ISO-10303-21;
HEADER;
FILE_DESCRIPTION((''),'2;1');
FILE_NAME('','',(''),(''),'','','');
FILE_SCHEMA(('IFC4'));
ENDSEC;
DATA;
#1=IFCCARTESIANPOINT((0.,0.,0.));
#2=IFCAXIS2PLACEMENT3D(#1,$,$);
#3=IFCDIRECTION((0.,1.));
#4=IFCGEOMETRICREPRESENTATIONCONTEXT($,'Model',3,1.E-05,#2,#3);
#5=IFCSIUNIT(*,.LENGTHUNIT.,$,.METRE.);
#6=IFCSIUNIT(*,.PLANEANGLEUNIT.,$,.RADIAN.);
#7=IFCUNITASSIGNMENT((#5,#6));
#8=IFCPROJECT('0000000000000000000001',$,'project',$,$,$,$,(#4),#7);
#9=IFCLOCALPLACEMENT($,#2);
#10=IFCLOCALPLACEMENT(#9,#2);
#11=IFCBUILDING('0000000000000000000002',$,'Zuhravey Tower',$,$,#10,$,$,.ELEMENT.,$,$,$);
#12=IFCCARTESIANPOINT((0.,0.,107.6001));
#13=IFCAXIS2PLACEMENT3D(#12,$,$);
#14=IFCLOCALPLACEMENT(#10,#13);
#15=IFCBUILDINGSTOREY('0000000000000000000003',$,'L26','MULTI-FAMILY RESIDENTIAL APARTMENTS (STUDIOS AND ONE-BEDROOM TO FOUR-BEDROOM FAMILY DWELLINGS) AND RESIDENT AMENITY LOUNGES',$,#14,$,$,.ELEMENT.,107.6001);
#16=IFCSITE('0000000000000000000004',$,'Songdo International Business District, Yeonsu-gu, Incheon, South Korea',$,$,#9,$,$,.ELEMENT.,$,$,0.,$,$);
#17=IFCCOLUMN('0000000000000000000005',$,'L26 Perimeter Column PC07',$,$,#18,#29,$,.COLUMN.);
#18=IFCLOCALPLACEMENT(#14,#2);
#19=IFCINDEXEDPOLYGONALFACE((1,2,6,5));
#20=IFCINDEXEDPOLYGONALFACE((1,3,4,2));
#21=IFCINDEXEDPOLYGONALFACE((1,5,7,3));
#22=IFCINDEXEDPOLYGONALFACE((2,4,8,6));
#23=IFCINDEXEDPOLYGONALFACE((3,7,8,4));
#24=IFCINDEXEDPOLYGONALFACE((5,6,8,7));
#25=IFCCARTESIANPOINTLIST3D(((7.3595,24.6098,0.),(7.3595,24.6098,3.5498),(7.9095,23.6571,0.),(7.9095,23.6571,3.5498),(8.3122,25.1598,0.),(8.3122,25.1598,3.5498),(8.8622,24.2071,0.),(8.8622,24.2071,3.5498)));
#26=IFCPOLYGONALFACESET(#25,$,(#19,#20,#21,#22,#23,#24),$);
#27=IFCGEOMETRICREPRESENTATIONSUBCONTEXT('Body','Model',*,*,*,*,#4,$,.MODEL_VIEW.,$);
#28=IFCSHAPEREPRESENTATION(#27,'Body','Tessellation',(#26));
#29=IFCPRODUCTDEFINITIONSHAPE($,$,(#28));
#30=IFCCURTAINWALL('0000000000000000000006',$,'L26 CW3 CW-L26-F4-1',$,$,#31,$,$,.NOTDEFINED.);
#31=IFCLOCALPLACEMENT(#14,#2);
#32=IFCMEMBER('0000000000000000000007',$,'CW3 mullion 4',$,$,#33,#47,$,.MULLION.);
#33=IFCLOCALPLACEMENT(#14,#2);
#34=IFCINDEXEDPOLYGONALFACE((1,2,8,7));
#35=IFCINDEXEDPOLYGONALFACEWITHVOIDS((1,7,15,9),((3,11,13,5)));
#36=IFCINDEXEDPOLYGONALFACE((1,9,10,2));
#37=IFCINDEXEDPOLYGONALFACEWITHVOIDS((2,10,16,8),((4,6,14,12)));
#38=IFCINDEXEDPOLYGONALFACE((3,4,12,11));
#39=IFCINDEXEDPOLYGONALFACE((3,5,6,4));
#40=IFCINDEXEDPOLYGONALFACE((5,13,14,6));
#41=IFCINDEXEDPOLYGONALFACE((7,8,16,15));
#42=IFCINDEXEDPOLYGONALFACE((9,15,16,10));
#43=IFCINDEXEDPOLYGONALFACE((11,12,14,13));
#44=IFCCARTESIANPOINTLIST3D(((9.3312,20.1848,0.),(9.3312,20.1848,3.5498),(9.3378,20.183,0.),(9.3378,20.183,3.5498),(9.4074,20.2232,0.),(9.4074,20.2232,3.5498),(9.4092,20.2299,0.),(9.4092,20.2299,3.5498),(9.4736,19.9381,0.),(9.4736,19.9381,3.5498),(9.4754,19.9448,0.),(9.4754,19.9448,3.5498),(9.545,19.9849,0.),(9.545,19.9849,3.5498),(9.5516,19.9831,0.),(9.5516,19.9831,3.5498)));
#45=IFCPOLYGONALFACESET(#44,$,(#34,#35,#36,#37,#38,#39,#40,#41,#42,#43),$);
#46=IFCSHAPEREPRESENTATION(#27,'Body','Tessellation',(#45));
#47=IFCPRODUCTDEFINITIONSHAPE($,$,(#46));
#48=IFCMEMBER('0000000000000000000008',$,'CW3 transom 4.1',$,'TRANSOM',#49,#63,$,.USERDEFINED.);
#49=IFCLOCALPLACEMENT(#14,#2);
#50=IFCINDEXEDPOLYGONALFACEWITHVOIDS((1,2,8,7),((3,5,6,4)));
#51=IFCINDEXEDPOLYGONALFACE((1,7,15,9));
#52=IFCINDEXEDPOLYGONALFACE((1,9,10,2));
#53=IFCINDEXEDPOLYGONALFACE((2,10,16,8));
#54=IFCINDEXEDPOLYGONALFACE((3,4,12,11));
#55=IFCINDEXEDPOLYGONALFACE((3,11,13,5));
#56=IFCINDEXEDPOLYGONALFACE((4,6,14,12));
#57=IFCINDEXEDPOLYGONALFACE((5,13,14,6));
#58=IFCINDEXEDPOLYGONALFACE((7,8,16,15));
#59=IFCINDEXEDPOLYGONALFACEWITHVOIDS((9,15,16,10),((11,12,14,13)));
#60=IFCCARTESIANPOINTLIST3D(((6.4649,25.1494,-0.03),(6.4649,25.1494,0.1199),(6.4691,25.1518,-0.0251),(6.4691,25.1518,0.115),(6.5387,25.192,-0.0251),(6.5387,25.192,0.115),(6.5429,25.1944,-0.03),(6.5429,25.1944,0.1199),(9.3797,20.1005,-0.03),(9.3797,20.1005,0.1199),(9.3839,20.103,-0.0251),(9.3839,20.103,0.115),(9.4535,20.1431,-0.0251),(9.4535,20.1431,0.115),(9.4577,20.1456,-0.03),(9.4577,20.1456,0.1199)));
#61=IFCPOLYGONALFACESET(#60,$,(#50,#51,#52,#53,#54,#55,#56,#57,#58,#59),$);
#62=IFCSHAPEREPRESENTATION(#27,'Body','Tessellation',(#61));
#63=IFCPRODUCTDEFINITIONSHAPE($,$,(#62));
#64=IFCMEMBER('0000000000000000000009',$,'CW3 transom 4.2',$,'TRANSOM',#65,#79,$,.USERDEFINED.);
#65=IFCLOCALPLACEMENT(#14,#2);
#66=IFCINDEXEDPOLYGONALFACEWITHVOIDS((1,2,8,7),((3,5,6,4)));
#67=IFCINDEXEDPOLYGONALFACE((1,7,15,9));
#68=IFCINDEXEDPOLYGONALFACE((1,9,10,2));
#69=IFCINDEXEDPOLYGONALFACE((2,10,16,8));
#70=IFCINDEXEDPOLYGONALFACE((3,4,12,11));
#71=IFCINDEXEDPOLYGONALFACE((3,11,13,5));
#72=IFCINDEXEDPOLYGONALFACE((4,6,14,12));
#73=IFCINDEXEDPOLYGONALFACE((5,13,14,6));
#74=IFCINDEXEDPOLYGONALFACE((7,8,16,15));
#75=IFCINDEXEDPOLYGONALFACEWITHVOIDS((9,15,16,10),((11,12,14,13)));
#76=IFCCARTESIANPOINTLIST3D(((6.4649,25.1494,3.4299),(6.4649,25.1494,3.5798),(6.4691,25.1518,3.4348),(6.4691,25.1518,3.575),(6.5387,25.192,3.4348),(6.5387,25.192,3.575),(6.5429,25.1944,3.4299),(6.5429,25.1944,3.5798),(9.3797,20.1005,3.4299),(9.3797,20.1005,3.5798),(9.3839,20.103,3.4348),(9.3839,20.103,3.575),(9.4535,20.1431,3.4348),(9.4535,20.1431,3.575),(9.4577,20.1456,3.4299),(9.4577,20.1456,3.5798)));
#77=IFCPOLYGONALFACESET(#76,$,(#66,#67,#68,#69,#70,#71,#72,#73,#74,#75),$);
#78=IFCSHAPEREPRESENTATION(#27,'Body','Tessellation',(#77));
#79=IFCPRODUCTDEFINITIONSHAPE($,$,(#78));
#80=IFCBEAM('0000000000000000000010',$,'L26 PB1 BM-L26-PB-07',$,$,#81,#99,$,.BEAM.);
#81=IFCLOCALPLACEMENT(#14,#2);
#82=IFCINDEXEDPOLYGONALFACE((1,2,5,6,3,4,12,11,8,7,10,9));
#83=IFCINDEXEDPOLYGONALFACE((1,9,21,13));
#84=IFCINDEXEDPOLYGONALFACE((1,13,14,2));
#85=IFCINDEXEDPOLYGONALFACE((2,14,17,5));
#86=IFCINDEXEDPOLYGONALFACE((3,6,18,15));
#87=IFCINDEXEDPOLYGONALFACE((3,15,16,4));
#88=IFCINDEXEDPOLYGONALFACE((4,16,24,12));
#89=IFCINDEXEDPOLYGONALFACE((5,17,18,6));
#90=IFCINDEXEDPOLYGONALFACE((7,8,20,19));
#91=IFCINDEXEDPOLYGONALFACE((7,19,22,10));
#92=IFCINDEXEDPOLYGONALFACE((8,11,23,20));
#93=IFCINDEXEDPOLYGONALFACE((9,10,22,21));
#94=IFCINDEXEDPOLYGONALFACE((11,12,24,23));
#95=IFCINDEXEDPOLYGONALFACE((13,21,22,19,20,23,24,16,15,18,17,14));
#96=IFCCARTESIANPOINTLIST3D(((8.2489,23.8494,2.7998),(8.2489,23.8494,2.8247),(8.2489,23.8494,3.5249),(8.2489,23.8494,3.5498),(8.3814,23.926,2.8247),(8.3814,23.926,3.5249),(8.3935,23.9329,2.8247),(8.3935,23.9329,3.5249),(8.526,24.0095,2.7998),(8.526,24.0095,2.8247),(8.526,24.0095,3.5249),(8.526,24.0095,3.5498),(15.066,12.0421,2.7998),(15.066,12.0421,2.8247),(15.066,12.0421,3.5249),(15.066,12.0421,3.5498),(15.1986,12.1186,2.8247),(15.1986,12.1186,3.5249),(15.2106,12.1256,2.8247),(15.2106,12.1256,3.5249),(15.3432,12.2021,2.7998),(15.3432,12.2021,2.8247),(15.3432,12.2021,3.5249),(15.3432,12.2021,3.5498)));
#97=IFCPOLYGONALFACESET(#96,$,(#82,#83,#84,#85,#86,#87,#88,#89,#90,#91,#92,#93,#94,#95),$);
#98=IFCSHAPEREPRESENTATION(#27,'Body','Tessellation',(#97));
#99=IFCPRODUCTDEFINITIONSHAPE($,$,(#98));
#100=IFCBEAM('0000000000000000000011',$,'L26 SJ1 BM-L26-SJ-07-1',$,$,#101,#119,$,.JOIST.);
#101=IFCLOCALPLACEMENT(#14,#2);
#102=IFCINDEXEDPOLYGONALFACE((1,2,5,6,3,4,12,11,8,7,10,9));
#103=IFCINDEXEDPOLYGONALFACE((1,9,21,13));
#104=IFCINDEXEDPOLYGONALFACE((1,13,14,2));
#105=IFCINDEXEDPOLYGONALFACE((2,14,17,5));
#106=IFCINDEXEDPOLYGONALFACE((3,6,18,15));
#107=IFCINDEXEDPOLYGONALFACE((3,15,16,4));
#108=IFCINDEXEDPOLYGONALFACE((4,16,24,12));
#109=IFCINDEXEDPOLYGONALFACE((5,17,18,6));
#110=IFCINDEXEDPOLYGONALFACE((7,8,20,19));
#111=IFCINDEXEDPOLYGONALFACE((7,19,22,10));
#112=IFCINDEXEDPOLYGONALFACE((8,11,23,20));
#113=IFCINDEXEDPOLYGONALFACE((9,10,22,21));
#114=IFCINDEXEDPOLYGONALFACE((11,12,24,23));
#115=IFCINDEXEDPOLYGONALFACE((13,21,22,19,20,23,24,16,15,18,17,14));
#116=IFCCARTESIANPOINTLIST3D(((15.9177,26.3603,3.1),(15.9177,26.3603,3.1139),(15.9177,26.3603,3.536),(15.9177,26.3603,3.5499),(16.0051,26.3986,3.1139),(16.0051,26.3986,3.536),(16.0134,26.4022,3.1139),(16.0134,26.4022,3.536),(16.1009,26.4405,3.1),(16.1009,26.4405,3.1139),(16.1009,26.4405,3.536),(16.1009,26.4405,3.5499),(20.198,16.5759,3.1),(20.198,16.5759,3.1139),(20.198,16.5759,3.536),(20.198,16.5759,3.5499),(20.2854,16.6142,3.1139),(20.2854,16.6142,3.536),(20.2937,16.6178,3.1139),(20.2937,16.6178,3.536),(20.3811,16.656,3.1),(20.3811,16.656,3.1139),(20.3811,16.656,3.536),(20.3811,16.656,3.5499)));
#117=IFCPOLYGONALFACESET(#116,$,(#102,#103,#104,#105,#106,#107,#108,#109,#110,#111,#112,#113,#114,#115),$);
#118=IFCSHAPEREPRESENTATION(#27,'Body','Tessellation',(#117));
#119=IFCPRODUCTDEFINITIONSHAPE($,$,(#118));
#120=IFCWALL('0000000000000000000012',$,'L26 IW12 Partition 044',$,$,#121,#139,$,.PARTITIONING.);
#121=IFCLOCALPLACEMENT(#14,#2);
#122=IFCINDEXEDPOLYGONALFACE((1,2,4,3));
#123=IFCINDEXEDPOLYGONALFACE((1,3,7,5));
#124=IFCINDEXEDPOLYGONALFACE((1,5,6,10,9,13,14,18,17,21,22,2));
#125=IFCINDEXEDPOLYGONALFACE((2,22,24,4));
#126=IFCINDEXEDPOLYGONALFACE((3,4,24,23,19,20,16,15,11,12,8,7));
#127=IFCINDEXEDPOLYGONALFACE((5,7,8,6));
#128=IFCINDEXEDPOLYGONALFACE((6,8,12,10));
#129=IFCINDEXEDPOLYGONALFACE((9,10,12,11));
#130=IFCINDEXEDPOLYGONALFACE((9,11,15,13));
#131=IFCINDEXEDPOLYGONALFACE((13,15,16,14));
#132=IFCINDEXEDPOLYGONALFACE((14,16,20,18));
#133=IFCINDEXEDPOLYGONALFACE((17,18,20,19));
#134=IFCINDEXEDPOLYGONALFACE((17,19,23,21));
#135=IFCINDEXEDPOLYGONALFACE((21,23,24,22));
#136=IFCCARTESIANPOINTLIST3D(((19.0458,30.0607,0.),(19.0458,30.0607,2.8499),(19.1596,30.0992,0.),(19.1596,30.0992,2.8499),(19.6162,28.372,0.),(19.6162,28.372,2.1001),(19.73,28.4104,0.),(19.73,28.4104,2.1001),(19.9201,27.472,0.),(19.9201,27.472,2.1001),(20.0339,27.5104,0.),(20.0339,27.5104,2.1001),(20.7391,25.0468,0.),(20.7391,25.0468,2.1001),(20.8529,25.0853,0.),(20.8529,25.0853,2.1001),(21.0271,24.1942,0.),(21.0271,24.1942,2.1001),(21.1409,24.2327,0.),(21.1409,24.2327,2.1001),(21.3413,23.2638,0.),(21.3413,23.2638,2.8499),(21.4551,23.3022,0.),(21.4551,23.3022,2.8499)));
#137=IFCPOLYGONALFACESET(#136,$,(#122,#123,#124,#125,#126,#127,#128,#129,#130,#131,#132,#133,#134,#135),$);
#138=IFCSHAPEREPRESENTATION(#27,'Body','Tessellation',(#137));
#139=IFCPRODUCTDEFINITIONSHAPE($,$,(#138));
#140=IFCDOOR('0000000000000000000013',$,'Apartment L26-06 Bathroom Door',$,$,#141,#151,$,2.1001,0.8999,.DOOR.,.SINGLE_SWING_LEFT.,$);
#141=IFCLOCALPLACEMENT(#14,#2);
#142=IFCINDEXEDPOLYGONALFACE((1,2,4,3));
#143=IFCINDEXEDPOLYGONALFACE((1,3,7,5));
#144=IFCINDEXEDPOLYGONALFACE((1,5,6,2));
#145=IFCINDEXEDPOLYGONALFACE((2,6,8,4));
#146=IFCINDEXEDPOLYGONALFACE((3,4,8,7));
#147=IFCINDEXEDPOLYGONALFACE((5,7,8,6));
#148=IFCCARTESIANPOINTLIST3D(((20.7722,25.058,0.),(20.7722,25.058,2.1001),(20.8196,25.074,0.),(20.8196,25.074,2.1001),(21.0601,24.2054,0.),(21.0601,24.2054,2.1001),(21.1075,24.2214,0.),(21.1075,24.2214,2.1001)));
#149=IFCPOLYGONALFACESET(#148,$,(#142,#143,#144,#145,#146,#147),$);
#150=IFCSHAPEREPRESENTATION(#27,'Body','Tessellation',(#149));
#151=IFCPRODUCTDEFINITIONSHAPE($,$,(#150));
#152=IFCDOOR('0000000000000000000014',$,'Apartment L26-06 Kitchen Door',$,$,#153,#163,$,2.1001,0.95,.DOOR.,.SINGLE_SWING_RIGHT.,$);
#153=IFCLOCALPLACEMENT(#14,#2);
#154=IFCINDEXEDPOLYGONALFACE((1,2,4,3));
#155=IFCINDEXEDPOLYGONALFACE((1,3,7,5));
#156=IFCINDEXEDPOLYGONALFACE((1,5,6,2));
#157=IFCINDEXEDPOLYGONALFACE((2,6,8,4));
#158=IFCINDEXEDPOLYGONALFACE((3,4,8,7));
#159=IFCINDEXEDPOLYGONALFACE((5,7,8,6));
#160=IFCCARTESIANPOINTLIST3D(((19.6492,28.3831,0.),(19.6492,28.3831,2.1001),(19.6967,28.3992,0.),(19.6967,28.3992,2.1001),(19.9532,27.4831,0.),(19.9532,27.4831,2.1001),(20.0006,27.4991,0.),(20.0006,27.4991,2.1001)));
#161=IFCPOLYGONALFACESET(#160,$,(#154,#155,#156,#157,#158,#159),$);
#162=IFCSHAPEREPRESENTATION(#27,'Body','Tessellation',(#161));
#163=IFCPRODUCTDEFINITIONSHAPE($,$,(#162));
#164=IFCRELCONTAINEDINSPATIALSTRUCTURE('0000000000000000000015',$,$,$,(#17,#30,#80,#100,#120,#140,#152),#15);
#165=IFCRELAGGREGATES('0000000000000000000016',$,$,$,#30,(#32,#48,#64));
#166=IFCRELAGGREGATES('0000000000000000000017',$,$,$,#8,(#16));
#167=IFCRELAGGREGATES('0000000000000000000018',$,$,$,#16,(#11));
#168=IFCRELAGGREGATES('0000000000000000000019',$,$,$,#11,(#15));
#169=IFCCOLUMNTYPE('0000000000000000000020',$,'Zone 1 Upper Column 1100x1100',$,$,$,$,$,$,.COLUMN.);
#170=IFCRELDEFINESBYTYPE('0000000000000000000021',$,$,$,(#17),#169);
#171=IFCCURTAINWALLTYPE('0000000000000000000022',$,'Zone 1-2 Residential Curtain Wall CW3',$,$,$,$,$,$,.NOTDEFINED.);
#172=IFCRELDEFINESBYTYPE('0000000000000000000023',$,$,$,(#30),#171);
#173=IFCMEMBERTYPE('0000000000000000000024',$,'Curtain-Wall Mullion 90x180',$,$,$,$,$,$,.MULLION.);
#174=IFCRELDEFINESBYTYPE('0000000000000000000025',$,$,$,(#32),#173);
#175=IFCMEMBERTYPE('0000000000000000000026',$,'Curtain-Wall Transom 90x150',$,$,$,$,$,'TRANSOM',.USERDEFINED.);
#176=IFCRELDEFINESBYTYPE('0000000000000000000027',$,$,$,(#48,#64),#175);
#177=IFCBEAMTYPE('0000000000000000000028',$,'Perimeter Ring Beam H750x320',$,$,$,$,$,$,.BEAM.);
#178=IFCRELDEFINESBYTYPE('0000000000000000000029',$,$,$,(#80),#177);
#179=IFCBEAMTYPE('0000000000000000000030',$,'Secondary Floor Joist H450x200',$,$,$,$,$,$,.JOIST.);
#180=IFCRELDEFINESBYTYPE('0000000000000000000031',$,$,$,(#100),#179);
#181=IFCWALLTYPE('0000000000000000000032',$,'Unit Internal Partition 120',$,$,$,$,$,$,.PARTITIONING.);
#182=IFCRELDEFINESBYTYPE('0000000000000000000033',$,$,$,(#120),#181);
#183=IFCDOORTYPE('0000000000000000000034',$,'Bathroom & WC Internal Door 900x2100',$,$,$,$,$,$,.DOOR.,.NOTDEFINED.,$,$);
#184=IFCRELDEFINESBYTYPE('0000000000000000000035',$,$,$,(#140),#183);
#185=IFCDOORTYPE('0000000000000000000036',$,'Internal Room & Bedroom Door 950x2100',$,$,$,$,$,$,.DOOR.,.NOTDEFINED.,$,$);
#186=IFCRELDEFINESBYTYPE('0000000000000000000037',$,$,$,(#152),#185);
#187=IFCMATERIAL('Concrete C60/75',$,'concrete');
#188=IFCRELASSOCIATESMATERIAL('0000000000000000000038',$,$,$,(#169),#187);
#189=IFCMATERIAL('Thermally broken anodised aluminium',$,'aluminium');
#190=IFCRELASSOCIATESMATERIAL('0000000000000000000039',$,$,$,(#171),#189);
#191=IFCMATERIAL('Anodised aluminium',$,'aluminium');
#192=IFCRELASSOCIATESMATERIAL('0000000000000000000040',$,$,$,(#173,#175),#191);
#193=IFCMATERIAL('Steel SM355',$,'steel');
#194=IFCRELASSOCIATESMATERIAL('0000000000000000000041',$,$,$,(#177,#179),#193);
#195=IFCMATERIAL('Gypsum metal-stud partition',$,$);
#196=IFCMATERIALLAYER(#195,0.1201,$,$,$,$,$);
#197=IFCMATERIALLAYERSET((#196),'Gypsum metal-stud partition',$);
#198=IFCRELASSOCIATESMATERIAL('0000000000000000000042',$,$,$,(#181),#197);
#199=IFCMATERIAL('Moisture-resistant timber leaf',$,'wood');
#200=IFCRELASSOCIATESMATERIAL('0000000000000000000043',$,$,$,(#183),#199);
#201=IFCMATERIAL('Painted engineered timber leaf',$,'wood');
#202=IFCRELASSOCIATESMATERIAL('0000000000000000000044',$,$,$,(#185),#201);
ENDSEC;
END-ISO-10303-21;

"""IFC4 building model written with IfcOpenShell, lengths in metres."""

from ifc_helpers import new_model, si_unit, direction, frame, frame_2d, origin, origin_2d, place, context, subcontext, project, spatial, rectangle, hollow_rectangle, i_section, extrude, material, layer, layer_set, material_profile, profile_set, type_object, element, fill, aggregate, save


model = new_model("IFC4")

# Units and contexts
model_context = context("Model", 3, precision=1e-05, world=origin(), true_north=direction((0.0, 1.0)))
body_context = subcontext(model_context, "Body", "Model", "MODEL_VIEW")
ifc_project = project(units=[si_unit("LENGTHUNIT", "METRE"), si_unit("PLANEANGLEUNIT", "RADIAN")], contexts=[model_context])

# Site, building, storey
site_placement = place(None, origin())
site = spatial("IfcSite", under=ifc_project, at=site_placement, Name="Songdo International Business District, Yeonsu-gu, Incheon, South Korea", CompositionType="ELEMENT", RefElevation=0.0)
building_placement = place(site_placement, origin())
building = spatial("IfcBuilding", under=site, at=building_placement, Name="Zuhravey Tower", CompositionType="ELEMENT")
storey_placement = place(building_placement, frame((0.0, 0.0, 107.6001)))
storey = spatial("IfcBuildingStorey", under=building, at=storey_placement, Name="L26", Description="MULTI-FAMILY RESIDENTIAL APARTMENTS (STUDIOS AND ONE-BEDROOM TO FOUR-BEDROOM FAMILY DWELLINGS) AND RESIDENT AMENITY LOUNGES", CompositionType="ELEMENT", Elevation=107.6001)

# Column
ifc_material_1 = material(Name="Concrete C60/75", Category="concrete")
ifc_material_profile_1 = material_profile(ifc_material_1, rectangle(XDim=1.1001, YDim=1.1001, at=origin_2d()), Name="RC-1100x1100")
ifc_profile_set_1 = profile_set([ifc_material_profile_1], Name="Concrete C60/75")
column_type = type_object("IfcColumnType", Name="Zone 1 Upper Column 1100x1100", PredefinedType="COLUMN", material=ifc_profile_set_1)
column_placement = place(storey_placement, frame((8.1108, 24.4084, 0.0), z_axis=(0.0, 0.0, 1.0), x_axis=(0.5, -0.866025, 0.0)))
element("IfcColumn", 1, at=column_placement, inside=storey, type_object=column_type, Name="L26 Perimeter Column PC07", PredefinedType="COLUMN", context=body_context, shape_type="SweptSolid", body=[
    extrude(rectangle(XDim=1.1001, YDim=1.1001, at=origin_2d()), origin(), (0.0, 0.0, 1.0), 3.5498),
])

# Curtain wall, members
ifc_material_2 = material(Name="Thermally broken anodised aluminium", Category="aluminium")
curtain_wall_type = type_object("IfcCurtainWallType", Name="Zone 1-2 Residential Curtain Wall CW3", PredefinedType="NOTDEFINED", material=ifc_material_2)
curtain_wall_placement = place(storey_placement, origin())
curtain_wall = element("IfcCurtainWall", 2, at=curtain_wall_placement, inside=storey, type_object=curtain_wall_type, Name="L26 CW3 CW-L26-F4-1", PredefinedType="NOTDEFINED")
ifc_material_3 = material(Name="Anodised aluminium", Category="aluminium")
ifc_material_profile_2 = material_profile(ifc_material_3, hollow_rectangle(XDim=0.0901, YDim=0.2849, WallThickness=0.0049, at=origin_2d()), Name="ALU-RHS-90x285x5")
ifc_profile_set_2 = profile_set([ifc_material_profile_2], Name="Anodised aluminium")
member_type_1 = type_object("IfcMemberType", Name="Curtain-Wall Mullion 90x180", PredefinedType="MULLION", material=ifc_profile_set_2)
member_1_placement = place(storey_placement, frame((9.4414, 20.084, 0.0), z_axis=(0.0, 0.0, 1.0), x_axis=(-0.866026, -0.5, 0.0)))
member_1 = element("IfcMember", 3, at=member_1_placement, type_object=member_type_1, Name="CW3 mullion 4", PredefinedType="MULLION", context=body_context, shape_type="SweptSolid", body=[
    extrude(hollow_rectangle(XDim=0.0901, YDim=0.2849, WallThickness=0.0049, at=origin_2d()), origin(), (0.0, 0.0, 1.0), 3.5498),
])
ifc_material_profile_3 = material_profile(ifc_material_3, hollow_rectangle(XDim=0.0901, YDim=0.1499, WallThickness=0.0049, at=origin_2d()), Name="ALU-RHS-90x150x5")
ifc_profile_set_3 = profile_set([ifc_material_profile_3], Name="Anodised aluminium")
member_type_2 = type_object("IfcMemberType", Name="Curtain-Wall Transom 90x150", ElementType="TRANSOM", PredefinedType="USERDEFINED", material=ifc_profile_set_3)
member_2_placement = place(storey_placement, frame((9.4187, 20.123, 0.0449), z_axis=(-0.499981, 0.866036, 0.0), x_axis=(-0.866036, -0.499981, 0.0)))
member_2 = element("IfcMember", 4, at=member_2_placement, type_object=member_type_2, Name="CW3 transom 4.1", ObjectType="TRANSOM", PredefinedType="USERDEFINED", context=body_context, shape_type="SweptSolid", body=[
    extrude(hollow_rectangle(XDim=0.0901, YDim=0.1499, WallThickness=0.0049, at=origin_2d()), origin(), (0.0, 0.0, 1.0), 5.8298),
])
member_3_placement = place(storey_placement, frame((9.4187, 20.123, 3.5049), z_axis=(-0.499981, 0.866036, 0.0), x_axis=(-0.866036, -0.499981, 0.0)))
member_3 = element("IfcMember", 5, at=member_3_placement, type_object=member_type_2, Name="CW3 transom 4.2", ObjectType="TRANSOM", PredefinedType="USERDEFINED", context=body_context, shape_type="SweptSolid", body=[
    extrude(hollow_rectangle(XDim=0.0901, YDim=0.1499, WallThickness=0.0049, at=origin_2d()), origin(), (0.0, 0.0, 1.0), 5.8298),
])
aggregate(curtain_wall, [member_1, member_2, member_3])

# Beams
ifc_material_4 = material(Name="Steel SM355", Category="steel")
ifc_material_profile_4 = material_profile(ifc_material_4, i_section(OverallWidth=0.3201, OverallDepth=0.75, WebThickness=0.0139, FlangeThickness=0.0249, at=origin_2d()), Name="H-750x320x14x25")
ifc_profile_set_4 = profile_set([ifc_material_profile_4], Name="Steel SM355")
beam_type_1 = type_object("IfcBeamType", Name="Perimeter Ring Beam H750x320", PredefinedType="BEAM", material=ifc_profile_set_4)
beam_1_placement = place(storey_placement, frame((8.3875, 23.9294, 3.1748), z_axis=(0.500008, -0.866021, 0.0), x_axis=(0.866021, 0.500008, 0.0)))
element("IfcBeam", 6, at=beam_1_placement, inside=storey, type_object=beam_type_1, Name="L26 PB1 BM-L26-PB-07", PredefinedType="BEAM", context=body_context, shape_type="SweptSolid", body=[
    extrude(i_section(OverallWidth=0.3201, OverallDepth=0.75, WebThickness=0.0139, FlangeThickness=0.0249, at=origin_2d()), origin(), (0.0, 0.0, 1.0), 13.634),
])
ifc_material_profile_5 = material_profile(ifc_material_4, i_section(OverallWidth=0.2, OverallDepth=0.45, WebThickness=0.009, FlangeThickness=0.0139, at=origin_2d()), Name="H-450x200x9x14")
ifc_profile_set_5 = profile_set([ifc_material_profile_5], Name="Steel SM355")
beam_type_2 = type_object("IfcBeamType", Name="Secondary Floor Joist H450x200", PredefinedType="JOIST", material=ifc_profile_set_5)
beam_2_placement = place(storey_placement, frame((16.0093, 26.4004, 3.325), z_axis=(0.400786, -0.916172, 0.0), x_axis=(0.916172, 0.400786, 0.0)))
element("IfcBeam", 7, at=beam_2_placement, inside=storey, type_object=beam_type_2, Name="L26 SJ1 BM-L26-SJ-07-1", PredefinedType="JOIST", context=body_context, shape_type="SweptSolid", body=[
    extrude(i_section(OverallWidth=0.2, OverallDepth=0.45, WebThickness=0.009, FlangeThickness=0.0139, at=origin_2d()), origin(), (0.0, 0.0, 1.0), 10.6797),
])

# Wall, openings, doors
ifc_material_5 = material(Name="Gypsum metal-stud partition")
ifc_layer = layer(ifc_material_5, 0.1201)
ifc_layer_set = layer_set([ifc_layer], Name="Gypsum metal-stud partition")
wall_type = type_object("IfcWallType", Name="Unit Internal Partition 120", PredefinedType="PARTITIONING", material=ifc_layer_set)
wall_1_placement = place(storey_placement, frame((19.1028, 30.0798, 0.0), z_axis=(0.0, 0.0, 1.0), x_axis=(0.319962, -0.94743, 0.0)))
wall_1 = element("IfcWall", 8, at=wall_1_placement, inside=storey, type_object=wall_type, Name="L26 IW12 Partition 044", PredefinedType="PARTITIONING", context=body_context, shape_type="SweptSolid", body=[
    extrude(rectangle(XDim=7.1741, YDim=0.1201, at=frame_2d((3.5869, 0.0))), origin(), (0.0, 0.0, 1.0), 2.8499),
])
opening_1_placement = place(wall_1_placement, frame((1.7822, 0.0, 0.0)))
opening_1 = element("IfcOpeningElement", 9, at=opening_1_placement, cuts=wall_1, PredefinedType="OPENING", context=body_context, shape_type="SweptSolid", body=[
    extrude(rectangle(XDim=0.95, YDim=2.1001, at=frame_2d((0.4751, 1.05))), frame((0.0, 0.072, 0.0), z_axis=(0.0, -1.0, 0.0), x_axis=(1.0, 0.0, 0.0)), (0.0, 0.0, 1.0), 0.144),
])
opening_2_placement = place(wall_1_placement, frame((5.292, 0.0, 0.0)))
opening_2 = element("IfcOpeningElement", 10, at=opening_2_placement, cuts=wall_1, PredefinedType="OPENING", context=body_context, shape_type="SweptSolid", body=[
    extrude(rectangle(XDim=0.8999, YDim=2.1001, at=frame_2d((0.45, 1.05))), frame((0.0, 0.072, 0.0), z_axis=(0.0, -1.0, 0.0), x_axis=(1.0, 0.0, 0.0)), (0.0, 0.0, 1.0), 0.144),
])
ifc_material_6 = material(Name="Moisture-resistant timber leaf", Category="wood")
door_type_1 = type_object("IfcDoorType", Name="Bathroom & WC Internal Door 900x2100", OperationType="NOTDEFINED", PredefinedType="DOOR", material=ifc_material_6)
door_1_placement = place(opening_2_placement, origin())
door_1 = element("IfcDoor", 11, at=door_1_placement, inside=storey, type_object=door_type_1, Name="Apartment L26-06 Bathroom Door", OperationType="SINGLE_SWING_LEFT", OverallHeight=2.1001, OverallWidth=0.8999, PredefinedType="DOOR", context=body_context, shape_type="SweptSolid", body=[
    extrude(rectangle(XDim=0.8999, YDim=2.1001, at=frame_2d((0.45, 1.05))), frame((0.0, 0.0249, 0.0), z_axis=(0.0, -1.0, 0.0), x_axis=(1.0, 0.0, 0.0)), (0.0, 0.0, 1.0), 0.05),
])
fill(opening_2, door_1)
ifc_material_7 = material(Name="Painted engineered timber leaf", Category="wood")
door_type_2 = type_object("IfcDoorType", Name="Internal Room & Bedroom Door 950x2100", OperationType="NOTDEFINED", PredefinedType="DOOR", material=ifc_material_7)
door_2_placement = place(opening_1_placement, origin())
door_2 = element("IfcDoor", 12, at=door_2_placement, inside=storey, type_object=door_type_2, Name="Apartment L26-06 Kitchen Door", OperationType="SINGLE_SWING_RIGHT", OverallHeight=2.1001, OverallWidth=0.95, PredefinedType="DOOR", context=body_context, shape_type="SweptSolid", body=[
    extrude(rectangle(XDim=0.95, YDim=2.1001, at=frame_2d((0.4751, 1.05))), frame((0.0, 0.0249, 0.0), z_axis=(0.0, -1.0, 0.0), x_axis=(1.0, 0.0, 0.0)), (0.0, 0.0, 1.0), 0.05),
])
fill(opening_1, door_2)

save(model, "model.ifc")
